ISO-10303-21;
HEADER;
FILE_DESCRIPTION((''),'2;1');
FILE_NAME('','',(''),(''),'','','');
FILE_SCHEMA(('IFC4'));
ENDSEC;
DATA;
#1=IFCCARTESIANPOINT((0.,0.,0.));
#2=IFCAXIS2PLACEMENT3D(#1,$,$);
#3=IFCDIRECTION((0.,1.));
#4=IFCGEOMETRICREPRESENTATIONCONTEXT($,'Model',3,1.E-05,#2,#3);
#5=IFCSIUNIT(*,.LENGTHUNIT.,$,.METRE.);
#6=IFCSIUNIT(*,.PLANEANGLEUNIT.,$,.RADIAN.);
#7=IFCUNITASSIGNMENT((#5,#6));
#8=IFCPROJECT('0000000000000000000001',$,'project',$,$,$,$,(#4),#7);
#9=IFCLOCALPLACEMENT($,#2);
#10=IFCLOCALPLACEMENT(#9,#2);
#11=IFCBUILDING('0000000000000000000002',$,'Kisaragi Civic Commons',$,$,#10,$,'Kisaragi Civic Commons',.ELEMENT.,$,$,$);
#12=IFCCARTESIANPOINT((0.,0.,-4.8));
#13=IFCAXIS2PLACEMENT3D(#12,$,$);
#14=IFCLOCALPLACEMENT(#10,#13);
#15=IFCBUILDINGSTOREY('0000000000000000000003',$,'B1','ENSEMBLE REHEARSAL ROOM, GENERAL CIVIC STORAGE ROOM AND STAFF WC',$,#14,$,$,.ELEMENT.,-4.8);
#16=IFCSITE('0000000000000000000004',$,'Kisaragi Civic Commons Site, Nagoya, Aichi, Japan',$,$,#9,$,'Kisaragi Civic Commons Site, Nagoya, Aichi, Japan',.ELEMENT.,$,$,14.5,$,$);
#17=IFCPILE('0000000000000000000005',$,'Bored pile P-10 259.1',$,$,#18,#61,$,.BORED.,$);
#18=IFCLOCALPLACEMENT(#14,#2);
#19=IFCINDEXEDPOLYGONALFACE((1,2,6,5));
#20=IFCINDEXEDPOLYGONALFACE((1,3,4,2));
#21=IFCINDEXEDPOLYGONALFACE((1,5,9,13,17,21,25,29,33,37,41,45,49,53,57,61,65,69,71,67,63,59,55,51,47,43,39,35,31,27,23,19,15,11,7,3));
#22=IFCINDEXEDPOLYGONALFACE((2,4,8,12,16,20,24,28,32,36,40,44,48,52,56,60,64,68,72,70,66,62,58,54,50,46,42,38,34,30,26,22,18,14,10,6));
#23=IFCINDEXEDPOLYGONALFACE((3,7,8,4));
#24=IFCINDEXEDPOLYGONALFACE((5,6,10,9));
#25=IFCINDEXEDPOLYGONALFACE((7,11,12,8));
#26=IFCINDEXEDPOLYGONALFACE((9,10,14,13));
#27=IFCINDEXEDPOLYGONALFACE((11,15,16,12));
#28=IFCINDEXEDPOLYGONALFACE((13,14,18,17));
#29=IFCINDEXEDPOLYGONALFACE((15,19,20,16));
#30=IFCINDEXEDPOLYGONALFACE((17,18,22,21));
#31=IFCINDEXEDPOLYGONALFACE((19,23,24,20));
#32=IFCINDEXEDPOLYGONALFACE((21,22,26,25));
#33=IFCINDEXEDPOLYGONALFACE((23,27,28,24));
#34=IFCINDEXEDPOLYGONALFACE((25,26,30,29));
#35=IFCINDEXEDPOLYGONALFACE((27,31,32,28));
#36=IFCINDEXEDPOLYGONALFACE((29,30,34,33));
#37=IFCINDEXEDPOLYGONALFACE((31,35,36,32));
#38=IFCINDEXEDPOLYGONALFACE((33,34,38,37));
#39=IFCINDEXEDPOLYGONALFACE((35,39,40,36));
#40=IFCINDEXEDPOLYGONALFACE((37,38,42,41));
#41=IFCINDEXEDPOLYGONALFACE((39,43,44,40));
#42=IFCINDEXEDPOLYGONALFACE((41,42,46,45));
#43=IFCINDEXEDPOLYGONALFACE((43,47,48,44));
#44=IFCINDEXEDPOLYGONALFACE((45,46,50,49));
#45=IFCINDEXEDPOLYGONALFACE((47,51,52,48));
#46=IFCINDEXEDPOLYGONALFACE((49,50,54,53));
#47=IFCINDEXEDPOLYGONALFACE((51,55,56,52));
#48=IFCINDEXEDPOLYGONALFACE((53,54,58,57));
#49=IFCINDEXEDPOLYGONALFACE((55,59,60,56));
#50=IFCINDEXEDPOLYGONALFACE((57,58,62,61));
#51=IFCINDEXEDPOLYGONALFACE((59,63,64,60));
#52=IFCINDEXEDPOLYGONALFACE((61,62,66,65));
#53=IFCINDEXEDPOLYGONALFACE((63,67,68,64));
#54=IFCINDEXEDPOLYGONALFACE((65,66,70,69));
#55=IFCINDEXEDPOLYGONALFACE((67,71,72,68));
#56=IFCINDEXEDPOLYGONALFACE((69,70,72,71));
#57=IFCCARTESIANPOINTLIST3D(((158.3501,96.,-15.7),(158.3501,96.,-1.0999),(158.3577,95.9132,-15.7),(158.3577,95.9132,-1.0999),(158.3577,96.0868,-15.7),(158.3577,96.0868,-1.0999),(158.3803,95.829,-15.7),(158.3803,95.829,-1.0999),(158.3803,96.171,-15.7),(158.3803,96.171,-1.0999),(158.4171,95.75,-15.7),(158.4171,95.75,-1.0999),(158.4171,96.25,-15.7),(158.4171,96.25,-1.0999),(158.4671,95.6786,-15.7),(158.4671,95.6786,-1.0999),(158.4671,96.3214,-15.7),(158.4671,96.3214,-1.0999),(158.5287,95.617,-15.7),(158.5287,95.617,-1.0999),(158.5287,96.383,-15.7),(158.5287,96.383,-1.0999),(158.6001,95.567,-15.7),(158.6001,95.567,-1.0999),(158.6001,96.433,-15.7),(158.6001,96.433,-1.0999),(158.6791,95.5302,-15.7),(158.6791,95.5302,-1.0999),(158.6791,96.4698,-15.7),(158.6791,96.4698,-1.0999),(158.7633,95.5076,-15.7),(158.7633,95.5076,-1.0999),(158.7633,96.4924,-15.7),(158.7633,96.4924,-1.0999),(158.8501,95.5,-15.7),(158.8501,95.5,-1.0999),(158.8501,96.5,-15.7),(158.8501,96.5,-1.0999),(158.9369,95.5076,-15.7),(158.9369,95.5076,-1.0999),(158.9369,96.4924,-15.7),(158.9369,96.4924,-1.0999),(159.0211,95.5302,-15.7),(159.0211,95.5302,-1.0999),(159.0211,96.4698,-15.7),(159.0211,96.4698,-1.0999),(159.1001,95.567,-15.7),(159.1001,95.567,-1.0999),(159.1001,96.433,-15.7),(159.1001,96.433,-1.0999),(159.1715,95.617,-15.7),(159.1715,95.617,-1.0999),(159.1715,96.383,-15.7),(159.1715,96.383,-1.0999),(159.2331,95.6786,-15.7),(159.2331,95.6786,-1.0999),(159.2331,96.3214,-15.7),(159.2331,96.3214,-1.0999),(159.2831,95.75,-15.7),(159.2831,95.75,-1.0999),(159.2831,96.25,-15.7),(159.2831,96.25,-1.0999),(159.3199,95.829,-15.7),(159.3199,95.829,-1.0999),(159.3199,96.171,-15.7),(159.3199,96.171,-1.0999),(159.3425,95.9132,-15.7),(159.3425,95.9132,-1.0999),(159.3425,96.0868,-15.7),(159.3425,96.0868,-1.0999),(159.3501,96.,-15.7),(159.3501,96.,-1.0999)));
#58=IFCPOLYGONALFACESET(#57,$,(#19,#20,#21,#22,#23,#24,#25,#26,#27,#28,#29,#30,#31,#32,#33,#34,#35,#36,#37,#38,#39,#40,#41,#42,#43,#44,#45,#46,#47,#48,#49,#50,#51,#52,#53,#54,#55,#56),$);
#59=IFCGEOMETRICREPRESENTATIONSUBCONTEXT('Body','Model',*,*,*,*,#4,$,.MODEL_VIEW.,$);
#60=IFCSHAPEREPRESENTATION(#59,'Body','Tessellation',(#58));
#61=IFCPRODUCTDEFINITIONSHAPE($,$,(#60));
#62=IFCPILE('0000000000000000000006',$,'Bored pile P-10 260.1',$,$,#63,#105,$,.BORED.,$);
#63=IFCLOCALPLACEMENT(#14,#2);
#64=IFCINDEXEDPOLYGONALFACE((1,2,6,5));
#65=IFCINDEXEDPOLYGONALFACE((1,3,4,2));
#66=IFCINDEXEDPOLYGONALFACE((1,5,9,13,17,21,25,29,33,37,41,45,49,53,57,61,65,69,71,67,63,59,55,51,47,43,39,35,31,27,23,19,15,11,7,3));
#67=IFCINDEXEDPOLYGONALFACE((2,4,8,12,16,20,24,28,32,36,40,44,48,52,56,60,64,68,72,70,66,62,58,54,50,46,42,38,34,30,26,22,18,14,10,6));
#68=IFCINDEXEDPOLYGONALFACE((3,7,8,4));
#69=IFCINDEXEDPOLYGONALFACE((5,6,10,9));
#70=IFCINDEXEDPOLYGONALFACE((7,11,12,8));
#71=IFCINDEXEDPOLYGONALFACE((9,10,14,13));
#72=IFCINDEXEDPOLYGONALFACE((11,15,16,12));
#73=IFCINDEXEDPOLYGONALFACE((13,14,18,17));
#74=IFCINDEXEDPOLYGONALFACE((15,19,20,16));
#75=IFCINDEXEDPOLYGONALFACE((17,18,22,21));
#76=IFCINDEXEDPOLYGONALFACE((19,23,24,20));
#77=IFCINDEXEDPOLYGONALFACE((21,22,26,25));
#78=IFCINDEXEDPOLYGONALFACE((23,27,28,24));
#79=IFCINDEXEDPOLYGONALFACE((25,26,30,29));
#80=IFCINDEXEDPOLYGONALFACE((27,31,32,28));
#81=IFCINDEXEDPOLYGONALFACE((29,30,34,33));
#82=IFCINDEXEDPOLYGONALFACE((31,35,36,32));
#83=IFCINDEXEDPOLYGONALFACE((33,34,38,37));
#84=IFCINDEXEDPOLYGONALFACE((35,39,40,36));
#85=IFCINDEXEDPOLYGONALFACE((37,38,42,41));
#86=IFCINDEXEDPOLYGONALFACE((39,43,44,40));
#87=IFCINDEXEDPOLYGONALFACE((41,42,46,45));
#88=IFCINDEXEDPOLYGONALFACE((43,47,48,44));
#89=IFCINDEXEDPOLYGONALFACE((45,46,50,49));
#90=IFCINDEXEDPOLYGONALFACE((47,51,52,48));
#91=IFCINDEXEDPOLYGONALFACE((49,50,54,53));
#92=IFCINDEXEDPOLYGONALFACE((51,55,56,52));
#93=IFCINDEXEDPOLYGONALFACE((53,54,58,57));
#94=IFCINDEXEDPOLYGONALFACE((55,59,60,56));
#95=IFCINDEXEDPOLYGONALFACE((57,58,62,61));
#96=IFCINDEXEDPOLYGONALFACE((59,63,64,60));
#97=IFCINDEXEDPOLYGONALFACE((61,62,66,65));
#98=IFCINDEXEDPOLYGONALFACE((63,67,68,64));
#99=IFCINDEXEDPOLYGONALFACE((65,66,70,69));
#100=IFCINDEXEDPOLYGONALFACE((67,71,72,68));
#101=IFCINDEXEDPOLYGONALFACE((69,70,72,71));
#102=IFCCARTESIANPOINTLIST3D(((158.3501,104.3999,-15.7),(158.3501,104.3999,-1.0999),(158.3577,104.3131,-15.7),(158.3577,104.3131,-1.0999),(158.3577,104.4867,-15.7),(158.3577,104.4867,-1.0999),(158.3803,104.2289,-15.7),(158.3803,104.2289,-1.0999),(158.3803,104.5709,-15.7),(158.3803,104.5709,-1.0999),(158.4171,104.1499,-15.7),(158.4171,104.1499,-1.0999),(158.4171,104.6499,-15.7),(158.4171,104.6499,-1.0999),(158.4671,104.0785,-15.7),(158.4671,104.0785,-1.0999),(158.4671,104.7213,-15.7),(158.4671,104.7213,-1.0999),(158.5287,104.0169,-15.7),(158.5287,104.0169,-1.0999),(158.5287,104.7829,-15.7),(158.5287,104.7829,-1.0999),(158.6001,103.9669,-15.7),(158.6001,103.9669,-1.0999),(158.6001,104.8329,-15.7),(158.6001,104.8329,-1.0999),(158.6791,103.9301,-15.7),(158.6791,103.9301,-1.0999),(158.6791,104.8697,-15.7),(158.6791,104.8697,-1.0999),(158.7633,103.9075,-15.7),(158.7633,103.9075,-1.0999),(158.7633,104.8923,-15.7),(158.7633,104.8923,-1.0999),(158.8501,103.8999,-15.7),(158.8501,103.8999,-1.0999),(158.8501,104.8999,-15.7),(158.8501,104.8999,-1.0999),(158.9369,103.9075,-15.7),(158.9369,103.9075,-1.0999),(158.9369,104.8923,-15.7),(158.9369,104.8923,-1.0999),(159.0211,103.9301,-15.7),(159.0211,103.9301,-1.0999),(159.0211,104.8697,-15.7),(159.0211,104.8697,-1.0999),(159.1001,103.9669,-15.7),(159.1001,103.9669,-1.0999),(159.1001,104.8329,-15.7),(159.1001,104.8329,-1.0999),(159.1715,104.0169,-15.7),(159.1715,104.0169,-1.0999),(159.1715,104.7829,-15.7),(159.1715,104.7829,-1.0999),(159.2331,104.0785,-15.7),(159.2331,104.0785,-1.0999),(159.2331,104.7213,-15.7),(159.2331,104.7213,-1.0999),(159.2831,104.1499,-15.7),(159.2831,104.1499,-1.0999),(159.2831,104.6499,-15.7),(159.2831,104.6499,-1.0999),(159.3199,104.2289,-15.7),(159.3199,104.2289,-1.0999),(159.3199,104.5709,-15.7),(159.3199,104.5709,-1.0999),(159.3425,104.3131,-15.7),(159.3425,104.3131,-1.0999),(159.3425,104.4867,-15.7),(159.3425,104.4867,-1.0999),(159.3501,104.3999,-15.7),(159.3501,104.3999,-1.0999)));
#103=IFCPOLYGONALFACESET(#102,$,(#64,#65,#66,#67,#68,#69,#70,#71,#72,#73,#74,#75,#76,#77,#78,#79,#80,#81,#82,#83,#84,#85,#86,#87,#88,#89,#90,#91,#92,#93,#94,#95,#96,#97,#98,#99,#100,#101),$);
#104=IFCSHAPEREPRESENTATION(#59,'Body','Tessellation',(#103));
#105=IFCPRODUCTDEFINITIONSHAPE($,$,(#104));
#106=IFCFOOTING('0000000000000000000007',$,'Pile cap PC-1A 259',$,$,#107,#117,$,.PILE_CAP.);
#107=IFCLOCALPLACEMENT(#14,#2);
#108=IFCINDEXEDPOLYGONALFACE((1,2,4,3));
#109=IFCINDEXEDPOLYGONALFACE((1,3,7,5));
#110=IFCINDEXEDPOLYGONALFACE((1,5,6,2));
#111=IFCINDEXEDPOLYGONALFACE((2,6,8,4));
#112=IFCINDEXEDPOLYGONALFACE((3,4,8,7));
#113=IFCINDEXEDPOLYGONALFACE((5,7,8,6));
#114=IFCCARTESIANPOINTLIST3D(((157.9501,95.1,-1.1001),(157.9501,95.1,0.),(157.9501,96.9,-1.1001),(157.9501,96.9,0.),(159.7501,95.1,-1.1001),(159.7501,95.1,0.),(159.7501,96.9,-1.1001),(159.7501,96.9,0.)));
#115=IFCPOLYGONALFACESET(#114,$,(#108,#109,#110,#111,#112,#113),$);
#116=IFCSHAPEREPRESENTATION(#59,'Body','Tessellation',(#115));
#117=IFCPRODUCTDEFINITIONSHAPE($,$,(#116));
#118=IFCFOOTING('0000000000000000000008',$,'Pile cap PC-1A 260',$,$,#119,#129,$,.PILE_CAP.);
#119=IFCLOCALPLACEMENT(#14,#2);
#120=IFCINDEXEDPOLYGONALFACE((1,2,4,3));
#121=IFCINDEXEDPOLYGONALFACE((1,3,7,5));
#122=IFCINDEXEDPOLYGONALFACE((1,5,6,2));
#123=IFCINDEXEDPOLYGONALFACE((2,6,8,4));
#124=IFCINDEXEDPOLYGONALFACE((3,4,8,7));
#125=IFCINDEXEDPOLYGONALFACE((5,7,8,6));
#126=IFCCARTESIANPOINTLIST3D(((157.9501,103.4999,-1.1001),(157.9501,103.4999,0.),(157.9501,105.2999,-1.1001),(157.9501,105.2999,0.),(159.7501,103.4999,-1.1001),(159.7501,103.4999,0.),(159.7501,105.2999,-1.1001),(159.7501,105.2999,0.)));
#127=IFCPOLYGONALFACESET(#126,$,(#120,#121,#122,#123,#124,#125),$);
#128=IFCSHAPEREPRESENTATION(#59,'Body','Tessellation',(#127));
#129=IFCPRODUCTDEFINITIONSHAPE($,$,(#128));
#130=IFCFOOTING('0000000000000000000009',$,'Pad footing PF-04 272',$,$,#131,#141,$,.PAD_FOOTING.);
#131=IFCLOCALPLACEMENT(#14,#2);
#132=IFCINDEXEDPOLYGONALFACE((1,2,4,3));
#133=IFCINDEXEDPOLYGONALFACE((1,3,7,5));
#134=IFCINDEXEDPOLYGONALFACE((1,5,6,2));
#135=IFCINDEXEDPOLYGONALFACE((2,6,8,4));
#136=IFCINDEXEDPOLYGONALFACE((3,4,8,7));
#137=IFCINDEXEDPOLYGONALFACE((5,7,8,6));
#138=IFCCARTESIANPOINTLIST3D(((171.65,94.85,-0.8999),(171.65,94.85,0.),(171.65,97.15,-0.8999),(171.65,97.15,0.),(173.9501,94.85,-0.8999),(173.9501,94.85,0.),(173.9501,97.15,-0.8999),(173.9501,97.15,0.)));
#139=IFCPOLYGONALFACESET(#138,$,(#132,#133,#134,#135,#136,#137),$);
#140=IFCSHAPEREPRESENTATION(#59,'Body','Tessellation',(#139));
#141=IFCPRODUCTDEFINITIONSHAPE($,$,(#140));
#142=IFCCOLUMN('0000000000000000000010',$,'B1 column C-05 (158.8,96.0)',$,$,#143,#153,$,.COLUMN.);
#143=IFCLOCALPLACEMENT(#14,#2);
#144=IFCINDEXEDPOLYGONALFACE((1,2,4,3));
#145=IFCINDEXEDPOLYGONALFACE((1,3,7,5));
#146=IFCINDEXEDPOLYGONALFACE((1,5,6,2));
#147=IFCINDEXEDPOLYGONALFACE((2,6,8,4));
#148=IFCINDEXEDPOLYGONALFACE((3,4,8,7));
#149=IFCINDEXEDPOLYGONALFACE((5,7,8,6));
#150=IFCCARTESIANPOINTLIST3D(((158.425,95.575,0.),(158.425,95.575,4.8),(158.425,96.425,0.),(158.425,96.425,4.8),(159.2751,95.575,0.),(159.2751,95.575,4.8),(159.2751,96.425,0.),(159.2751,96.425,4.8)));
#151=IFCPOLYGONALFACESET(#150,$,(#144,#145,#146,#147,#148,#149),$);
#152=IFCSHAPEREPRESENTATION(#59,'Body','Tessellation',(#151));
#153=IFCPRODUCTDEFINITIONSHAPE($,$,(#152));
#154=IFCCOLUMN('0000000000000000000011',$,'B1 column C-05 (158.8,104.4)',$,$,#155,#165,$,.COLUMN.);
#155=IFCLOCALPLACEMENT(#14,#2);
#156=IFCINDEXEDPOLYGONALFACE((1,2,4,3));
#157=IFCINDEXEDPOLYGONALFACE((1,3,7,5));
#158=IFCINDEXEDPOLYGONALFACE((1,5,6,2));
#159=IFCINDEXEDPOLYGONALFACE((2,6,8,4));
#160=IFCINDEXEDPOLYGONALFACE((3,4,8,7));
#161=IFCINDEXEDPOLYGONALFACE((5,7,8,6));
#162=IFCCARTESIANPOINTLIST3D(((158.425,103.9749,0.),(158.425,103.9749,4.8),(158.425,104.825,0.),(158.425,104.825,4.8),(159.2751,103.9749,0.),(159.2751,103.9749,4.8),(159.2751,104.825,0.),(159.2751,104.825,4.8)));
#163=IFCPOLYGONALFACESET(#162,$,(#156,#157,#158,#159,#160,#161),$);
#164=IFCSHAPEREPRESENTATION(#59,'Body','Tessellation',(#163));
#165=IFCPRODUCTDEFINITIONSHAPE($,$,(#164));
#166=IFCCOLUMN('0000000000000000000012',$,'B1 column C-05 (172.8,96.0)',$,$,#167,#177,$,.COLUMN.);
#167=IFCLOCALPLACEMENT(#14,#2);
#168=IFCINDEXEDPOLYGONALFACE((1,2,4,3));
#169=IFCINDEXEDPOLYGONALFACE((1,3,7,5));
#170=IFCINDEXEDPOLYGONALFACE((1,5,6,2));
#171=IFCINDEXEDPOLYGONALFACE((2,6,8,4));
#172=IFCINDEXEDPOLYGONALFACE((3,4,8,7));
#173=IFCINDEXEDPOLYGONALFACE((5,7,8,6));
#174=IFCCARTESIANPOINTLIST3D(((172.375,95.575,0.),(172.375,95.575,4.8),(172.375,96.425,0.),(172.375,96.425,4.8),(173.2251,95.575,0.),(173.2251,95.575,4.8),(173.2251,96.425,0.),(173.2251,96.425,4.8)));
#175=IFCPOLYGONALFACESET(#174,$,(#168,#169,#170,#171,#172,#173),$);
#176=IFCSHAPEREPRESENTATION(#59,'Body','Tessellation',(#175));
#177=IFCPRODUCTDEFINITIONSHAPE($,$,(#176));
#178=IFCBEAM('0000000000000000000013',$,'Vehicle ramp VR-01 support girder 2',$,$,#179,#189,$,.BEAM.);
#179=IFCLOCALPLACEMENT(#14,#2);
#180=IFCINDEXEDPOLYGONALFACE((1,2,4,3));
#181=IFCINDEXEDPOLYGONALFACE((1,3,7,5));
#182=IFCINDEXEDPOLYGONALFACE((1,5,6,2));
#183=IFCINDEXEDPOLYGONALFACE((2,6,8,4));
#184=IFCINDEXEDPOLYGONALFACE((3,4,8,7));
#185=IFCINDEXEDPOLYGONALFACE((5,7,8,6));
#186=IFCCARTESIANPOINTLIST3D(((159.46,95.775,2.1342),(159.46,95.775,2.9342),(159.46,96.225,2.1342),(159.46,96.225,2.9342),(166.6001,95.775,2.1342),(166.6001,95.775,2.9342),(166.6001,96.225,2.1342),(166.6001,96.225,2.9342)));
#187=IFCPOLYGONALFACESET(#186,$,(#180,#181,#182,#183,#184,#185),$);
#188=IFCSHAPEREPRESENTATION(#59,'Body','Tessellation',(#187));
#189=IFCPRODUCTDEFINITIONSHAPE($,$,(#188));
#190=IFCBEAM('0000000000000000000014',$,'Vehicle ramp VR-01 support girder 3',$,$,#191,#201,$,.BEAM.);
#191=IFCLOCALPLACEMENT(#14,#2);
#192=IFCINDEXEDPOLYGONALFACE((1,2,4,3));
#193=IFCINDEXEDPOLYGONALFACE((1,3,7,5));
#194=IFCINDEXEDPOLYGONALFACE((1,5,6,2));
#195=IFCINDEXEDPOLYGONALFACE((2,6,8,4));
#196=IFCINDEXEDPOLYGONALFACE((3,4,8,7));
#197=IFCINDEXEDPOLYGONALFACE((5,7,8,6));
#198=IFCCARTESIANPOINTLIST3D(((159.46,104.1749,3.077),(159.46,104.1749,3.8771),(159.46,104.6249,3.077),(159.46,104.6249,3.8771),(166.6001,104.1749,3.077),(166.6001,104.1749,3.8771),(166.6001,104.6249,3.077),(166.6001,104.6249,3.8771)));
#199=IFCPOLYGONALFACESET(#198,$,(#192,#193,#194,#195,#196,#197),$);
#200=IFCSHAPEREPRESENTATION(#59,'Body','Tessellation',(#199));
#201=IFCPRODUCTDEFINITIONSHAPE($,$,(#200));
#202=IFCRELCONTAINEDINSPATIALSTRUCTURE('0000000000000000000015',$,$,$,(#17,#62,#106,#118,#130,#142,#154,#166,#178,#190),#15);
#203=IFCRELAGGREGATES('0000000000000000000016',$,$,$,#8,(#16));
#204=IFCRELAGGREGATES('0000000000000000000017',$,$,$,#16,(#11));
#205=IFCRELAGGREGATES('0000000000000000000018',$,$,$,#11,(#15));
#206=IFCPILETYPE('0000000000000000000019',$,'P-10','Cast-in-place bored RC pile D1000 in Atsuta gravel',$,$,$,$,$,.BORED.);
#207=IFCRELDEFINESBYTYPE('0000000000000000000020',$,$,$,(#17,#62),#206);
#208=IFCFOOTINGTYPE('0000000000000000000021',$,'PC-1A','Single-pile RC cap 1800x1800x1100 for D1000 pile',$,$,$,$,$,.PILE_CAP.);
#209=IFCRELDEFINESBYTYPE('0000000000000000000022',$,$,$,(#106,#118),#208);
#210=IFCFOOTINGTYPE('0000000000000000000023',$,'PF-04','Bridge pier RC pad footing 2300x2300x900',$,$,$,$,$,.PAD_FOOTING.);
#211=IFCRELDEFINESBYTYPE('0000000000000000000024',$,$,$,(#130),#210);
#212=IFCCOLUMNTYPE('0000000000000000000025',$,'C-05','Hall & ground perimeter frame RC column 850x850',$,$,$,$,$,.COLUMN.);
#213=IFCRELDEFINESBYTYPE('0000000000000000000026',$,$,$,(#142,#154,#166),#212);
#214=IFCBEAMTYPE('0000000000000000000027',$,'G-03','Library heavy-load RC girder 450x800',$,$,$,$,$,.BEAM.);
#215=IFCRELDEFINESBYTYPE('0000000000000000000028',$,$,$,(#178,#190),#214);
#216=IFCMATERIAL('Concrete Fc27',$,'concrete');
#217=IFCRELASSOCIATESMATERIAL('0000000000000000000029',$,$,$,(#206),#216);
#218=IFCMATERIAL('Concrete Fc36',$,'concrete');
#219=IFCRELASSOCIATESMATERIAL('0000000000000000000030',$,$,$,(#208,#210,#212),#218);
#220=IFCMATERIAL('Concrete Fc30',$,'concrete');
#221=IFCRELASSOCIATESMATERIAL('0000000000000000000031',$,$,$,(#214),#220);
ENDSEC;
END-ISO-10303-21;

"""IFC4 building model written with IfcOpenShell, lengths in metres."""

from ifc_helpers import new_model, si_unit, direction, frame, origin, origin_2d, place, context, subcontext, project, spatial, rectangle, circle, extrude, material, material_profile, profile_set, type_object, element, save


model = new_model("IFC4")

# Units and contexts
model_context = context("Model", 3, precision=1e-05, world=origin(), true_north=direction((0.0, 1.0)))
body_context = subcontext(model_context, "Body", "Model", "MODEL_VIEW")
ifc_project = project(units=[si_unit("LENGTHUNIT", "METRE"), si_unit("PLANEANGLEUNIT", "RADIAN")], contexts=[model_context])

# Site, building, storey
site_placement = place(None, origin())
site = spatial("IfcSite", under=ifc_project, at=site_placement, Name="Kisaragi Civic Commons Site, Nagoya, Aichi, Japan", LongName="Kisaragi Civic Commons Site, Nagoya, Aichi, Japan", CompositionType="ELEMENT", RefElevation=14.5)
building_placement = place(site_placement, origin())
building = spatial("IfcBuilding", under=site, at=building_placement, Name="Kisaragi Civic Commons", LongName="Kisaragi Civic Commons", CompositionType="ELEMENT")
storey_placement = place(building_placement, frame((0.0, 0.0, -4.8)))
storey = spatial("IfcBuildingStorey", under=building, at=storey_placement, Name="B1", Description="ENSEMBLE REHEARSAL ROOM, GENERAL CIVIC STORAGE ROOM AND STAFF WC", CompositionType="ELEMENT", Elevation=-4.8)

# Shared definitions
ifc_material_1 = material(Name="Concrete Fc27", Category="concrete")

# Piles
ifc_material_profile_1 = material_profile(ifc_material_1, circle(Radius=0.5, at=origin_2d()), Name="PILE-D1000", Category="concrete")
ifc_profile_set_1 = profile_set([ifc_material_profile_1], Name="Concrete Fc27")
pile_type_1 = type_object("IfcPileType", Name="P-10", Description="Cast-in-place bored RC pile D1000 in Atsuta gravel", PredefinedType="BORED", material=ifc_profile_set_1)
for number, where, z_axis, x_axis, name in (
    (1, (158.8501, 96.0, -1.0999), (0.0, 0.0, -1.0), (1.0, 0.0, 0.0), "Bored pile P-10 259.1"),
    (2, (158.8501, 104.3999, -1.0999), (0.0, 0.0, -1.0), (1.0, 0.0, 0.0), "Bored pile P-10 260.1"),
):
    element("IfcPile", number, at=place(storey_placement, frame(where, z_axis=z_axis, x_axis=x_axis)), inside=storey, type_object=pile_type_1, Name=name, PredefinedType="BORED", context=body_context, shape_type="SweptSolid", body=[
        extrude(circle(Radius=0.5, at=origin_2d()), origin(), (0.0, 0.0, 1.0), 14.6001),
    ])

# Footings
ifc_material_2 = material(Name="Concrete Fc36", Category="concrete")
footing_type_1 = type_object("IfcFootingType", Name="PC-1A", Description="Single-pile RC cap 1800x1800x1100 for D1000 pile", PredefinedType="PILE_CAP", material=ifc_material_2)
for number, where, z_axis, x_axis, name in (
    (3, (158.8501, 96.0, -1.1001), (0.0, 0.0, 1.0), (1.0, 0.0, 0.0), "Pile cap PC-1A 259"),
    (4, (158.8501, 104.3999, -1.1001), (0.0, 0.0, 1.0), (1.0, 0.0, 0.0), "Pile cap PC-1A 260"),
):
    element("IfcFooting", number, at=place(storey_placement, frame(where, z_axis=z_axis, x_axis=x_axis)), inside=storey, type_object=footing_type_1, Name=name, PredefinedType="PILE_CAP", context=body_context, shape_type="SweptSolid", body=[
        extrude(rectangle(XDim=1.8, YDim=1.8, at=origin_2d()), origin(), (0.0, 0.0, 1.0), 1.1001),
    ])
footing_type_2 = type_object("IfcFootingType", Name="PF-04", Description="Bridge pier RC pad footing 2300x2300x900", PredefinedType="PAD_FOOTING", material=ifc_material_2)
footing_1_placement = place(storey_placement, frame((172.8, 96.0, -0.8999), z_axis=(0.0, 0.0, 1.0), x_axis=(1.0, 0.0, 0.0)))
element("IfcFooting", 5, at=footing_1_placement, inside=storey, type_object=footing_type_2, Name="Pad footing PF-04 272", PredefinedType="PAD_FOOTING", context=body_context, shape_type="SweptSolid", body=[
    extrude(rectangle(XDim=2.3, YDim=2.3, at=origin_2d()), origin(), (0.0, 0.0, 1.0), 0.8999),
])

# Columns
ifc_material_profile_2 = material_profile(ifc_material_2, rectangle(XDim=0.8501, YDim=0.8501, at=origin_2d()), Name="RC-850x850", Category="concrete")
ifc_profile_set_2 = profile_set([ifc_material_profile_2], Name="Concrete Fc36")
column_type = type_object("IfcColumnType", Name="C-05", Description="Hall & ground perimeter frame RC column 850x850", PredefinedType="COLUMN", material=ifc_profile_set_2)
for number, where, z_axis, x_axis, name in (
    (6, (158.8501, 96.0, 0.0), (0.0, 0.0, 1.0), (1.0, 0.0, 0.0), "B1 column C-05 (158.8,96.0)"),
    (7, (158.8501, 104.3999, 0.0), (0.0, 0.0, 1.0), (1.0, 0.0, 0.0), "B1 column C-05 (158.8,104.4)"),
    (8, (172.8, 96.0, 0.0), (0.0, 0.0, 1.0), (1.0, 0.0, 0.0), "B1 column C-05 (172.8,96.0)"),
):
    element("IfcColumn", number, at=place(storey_placement, frame(where, z_axis=z_axis, x_axis=x_axis)), inside=storey, type_object=column_type, Name=name, PredefinedType="COLUMN", context=body_context, shape_type="SweptSolid", body=[
        extrude(rectangle(XDim=0.8501, YDim=0.8501, at=origin_2d()), origin(), (0.0, 0.0, 1.0), 4.8),
    ])

# Beams
ifc_material_3 = material(Name="Concrete Fc30", Category="concrete")
ifc_material_profile_3 = material_profile(ifc_material_3, rectangle(XDim=0.45, YDim=0.8, at=origin_2d()), Name="RC-450x800", Category="concrete")
ifc_profile_set_3 = profile_set([ifc_material_profile_3], Name="Concrete Fc30")
beam_type = type_object("IfcBeamType", Name="G-03", Description="Library heavy-load RC girder 450x800", PredefinedType="BEAM", material=ifc_profile_set_3)
for number, where, z_axis, x_axis, name in (
    (9, (159.46, 96.0, 2.5342), (1.0, 0.0, 0.0), (0.0, 1.0, 0.0), "Vehicle ramp VR-01 support girder 2"),
    (10, (159.46, 104.3999, 3.4771), (1.0, 0.0, 0.0), (0.0, 1.0, 0.0), "Vehicle ramp VR-01 support girder 3"),
):
    element("IfcBeam", number, at=place(storey_placement, frame(where, z_axis=z_axis, x_axis=x_axis)), inside=storey, type_object=beam_type, Name=name, PredefinedType="BEAM", context=body_context, shape_type="SweptSolid", body=[
        extrude(rectangle(XDim=0.45, YDim=0.8, at=origin_2d()), origin(), (0.0, 0.0, 1.0), 7.1401),
    ])

save(model, "model.ifc")
